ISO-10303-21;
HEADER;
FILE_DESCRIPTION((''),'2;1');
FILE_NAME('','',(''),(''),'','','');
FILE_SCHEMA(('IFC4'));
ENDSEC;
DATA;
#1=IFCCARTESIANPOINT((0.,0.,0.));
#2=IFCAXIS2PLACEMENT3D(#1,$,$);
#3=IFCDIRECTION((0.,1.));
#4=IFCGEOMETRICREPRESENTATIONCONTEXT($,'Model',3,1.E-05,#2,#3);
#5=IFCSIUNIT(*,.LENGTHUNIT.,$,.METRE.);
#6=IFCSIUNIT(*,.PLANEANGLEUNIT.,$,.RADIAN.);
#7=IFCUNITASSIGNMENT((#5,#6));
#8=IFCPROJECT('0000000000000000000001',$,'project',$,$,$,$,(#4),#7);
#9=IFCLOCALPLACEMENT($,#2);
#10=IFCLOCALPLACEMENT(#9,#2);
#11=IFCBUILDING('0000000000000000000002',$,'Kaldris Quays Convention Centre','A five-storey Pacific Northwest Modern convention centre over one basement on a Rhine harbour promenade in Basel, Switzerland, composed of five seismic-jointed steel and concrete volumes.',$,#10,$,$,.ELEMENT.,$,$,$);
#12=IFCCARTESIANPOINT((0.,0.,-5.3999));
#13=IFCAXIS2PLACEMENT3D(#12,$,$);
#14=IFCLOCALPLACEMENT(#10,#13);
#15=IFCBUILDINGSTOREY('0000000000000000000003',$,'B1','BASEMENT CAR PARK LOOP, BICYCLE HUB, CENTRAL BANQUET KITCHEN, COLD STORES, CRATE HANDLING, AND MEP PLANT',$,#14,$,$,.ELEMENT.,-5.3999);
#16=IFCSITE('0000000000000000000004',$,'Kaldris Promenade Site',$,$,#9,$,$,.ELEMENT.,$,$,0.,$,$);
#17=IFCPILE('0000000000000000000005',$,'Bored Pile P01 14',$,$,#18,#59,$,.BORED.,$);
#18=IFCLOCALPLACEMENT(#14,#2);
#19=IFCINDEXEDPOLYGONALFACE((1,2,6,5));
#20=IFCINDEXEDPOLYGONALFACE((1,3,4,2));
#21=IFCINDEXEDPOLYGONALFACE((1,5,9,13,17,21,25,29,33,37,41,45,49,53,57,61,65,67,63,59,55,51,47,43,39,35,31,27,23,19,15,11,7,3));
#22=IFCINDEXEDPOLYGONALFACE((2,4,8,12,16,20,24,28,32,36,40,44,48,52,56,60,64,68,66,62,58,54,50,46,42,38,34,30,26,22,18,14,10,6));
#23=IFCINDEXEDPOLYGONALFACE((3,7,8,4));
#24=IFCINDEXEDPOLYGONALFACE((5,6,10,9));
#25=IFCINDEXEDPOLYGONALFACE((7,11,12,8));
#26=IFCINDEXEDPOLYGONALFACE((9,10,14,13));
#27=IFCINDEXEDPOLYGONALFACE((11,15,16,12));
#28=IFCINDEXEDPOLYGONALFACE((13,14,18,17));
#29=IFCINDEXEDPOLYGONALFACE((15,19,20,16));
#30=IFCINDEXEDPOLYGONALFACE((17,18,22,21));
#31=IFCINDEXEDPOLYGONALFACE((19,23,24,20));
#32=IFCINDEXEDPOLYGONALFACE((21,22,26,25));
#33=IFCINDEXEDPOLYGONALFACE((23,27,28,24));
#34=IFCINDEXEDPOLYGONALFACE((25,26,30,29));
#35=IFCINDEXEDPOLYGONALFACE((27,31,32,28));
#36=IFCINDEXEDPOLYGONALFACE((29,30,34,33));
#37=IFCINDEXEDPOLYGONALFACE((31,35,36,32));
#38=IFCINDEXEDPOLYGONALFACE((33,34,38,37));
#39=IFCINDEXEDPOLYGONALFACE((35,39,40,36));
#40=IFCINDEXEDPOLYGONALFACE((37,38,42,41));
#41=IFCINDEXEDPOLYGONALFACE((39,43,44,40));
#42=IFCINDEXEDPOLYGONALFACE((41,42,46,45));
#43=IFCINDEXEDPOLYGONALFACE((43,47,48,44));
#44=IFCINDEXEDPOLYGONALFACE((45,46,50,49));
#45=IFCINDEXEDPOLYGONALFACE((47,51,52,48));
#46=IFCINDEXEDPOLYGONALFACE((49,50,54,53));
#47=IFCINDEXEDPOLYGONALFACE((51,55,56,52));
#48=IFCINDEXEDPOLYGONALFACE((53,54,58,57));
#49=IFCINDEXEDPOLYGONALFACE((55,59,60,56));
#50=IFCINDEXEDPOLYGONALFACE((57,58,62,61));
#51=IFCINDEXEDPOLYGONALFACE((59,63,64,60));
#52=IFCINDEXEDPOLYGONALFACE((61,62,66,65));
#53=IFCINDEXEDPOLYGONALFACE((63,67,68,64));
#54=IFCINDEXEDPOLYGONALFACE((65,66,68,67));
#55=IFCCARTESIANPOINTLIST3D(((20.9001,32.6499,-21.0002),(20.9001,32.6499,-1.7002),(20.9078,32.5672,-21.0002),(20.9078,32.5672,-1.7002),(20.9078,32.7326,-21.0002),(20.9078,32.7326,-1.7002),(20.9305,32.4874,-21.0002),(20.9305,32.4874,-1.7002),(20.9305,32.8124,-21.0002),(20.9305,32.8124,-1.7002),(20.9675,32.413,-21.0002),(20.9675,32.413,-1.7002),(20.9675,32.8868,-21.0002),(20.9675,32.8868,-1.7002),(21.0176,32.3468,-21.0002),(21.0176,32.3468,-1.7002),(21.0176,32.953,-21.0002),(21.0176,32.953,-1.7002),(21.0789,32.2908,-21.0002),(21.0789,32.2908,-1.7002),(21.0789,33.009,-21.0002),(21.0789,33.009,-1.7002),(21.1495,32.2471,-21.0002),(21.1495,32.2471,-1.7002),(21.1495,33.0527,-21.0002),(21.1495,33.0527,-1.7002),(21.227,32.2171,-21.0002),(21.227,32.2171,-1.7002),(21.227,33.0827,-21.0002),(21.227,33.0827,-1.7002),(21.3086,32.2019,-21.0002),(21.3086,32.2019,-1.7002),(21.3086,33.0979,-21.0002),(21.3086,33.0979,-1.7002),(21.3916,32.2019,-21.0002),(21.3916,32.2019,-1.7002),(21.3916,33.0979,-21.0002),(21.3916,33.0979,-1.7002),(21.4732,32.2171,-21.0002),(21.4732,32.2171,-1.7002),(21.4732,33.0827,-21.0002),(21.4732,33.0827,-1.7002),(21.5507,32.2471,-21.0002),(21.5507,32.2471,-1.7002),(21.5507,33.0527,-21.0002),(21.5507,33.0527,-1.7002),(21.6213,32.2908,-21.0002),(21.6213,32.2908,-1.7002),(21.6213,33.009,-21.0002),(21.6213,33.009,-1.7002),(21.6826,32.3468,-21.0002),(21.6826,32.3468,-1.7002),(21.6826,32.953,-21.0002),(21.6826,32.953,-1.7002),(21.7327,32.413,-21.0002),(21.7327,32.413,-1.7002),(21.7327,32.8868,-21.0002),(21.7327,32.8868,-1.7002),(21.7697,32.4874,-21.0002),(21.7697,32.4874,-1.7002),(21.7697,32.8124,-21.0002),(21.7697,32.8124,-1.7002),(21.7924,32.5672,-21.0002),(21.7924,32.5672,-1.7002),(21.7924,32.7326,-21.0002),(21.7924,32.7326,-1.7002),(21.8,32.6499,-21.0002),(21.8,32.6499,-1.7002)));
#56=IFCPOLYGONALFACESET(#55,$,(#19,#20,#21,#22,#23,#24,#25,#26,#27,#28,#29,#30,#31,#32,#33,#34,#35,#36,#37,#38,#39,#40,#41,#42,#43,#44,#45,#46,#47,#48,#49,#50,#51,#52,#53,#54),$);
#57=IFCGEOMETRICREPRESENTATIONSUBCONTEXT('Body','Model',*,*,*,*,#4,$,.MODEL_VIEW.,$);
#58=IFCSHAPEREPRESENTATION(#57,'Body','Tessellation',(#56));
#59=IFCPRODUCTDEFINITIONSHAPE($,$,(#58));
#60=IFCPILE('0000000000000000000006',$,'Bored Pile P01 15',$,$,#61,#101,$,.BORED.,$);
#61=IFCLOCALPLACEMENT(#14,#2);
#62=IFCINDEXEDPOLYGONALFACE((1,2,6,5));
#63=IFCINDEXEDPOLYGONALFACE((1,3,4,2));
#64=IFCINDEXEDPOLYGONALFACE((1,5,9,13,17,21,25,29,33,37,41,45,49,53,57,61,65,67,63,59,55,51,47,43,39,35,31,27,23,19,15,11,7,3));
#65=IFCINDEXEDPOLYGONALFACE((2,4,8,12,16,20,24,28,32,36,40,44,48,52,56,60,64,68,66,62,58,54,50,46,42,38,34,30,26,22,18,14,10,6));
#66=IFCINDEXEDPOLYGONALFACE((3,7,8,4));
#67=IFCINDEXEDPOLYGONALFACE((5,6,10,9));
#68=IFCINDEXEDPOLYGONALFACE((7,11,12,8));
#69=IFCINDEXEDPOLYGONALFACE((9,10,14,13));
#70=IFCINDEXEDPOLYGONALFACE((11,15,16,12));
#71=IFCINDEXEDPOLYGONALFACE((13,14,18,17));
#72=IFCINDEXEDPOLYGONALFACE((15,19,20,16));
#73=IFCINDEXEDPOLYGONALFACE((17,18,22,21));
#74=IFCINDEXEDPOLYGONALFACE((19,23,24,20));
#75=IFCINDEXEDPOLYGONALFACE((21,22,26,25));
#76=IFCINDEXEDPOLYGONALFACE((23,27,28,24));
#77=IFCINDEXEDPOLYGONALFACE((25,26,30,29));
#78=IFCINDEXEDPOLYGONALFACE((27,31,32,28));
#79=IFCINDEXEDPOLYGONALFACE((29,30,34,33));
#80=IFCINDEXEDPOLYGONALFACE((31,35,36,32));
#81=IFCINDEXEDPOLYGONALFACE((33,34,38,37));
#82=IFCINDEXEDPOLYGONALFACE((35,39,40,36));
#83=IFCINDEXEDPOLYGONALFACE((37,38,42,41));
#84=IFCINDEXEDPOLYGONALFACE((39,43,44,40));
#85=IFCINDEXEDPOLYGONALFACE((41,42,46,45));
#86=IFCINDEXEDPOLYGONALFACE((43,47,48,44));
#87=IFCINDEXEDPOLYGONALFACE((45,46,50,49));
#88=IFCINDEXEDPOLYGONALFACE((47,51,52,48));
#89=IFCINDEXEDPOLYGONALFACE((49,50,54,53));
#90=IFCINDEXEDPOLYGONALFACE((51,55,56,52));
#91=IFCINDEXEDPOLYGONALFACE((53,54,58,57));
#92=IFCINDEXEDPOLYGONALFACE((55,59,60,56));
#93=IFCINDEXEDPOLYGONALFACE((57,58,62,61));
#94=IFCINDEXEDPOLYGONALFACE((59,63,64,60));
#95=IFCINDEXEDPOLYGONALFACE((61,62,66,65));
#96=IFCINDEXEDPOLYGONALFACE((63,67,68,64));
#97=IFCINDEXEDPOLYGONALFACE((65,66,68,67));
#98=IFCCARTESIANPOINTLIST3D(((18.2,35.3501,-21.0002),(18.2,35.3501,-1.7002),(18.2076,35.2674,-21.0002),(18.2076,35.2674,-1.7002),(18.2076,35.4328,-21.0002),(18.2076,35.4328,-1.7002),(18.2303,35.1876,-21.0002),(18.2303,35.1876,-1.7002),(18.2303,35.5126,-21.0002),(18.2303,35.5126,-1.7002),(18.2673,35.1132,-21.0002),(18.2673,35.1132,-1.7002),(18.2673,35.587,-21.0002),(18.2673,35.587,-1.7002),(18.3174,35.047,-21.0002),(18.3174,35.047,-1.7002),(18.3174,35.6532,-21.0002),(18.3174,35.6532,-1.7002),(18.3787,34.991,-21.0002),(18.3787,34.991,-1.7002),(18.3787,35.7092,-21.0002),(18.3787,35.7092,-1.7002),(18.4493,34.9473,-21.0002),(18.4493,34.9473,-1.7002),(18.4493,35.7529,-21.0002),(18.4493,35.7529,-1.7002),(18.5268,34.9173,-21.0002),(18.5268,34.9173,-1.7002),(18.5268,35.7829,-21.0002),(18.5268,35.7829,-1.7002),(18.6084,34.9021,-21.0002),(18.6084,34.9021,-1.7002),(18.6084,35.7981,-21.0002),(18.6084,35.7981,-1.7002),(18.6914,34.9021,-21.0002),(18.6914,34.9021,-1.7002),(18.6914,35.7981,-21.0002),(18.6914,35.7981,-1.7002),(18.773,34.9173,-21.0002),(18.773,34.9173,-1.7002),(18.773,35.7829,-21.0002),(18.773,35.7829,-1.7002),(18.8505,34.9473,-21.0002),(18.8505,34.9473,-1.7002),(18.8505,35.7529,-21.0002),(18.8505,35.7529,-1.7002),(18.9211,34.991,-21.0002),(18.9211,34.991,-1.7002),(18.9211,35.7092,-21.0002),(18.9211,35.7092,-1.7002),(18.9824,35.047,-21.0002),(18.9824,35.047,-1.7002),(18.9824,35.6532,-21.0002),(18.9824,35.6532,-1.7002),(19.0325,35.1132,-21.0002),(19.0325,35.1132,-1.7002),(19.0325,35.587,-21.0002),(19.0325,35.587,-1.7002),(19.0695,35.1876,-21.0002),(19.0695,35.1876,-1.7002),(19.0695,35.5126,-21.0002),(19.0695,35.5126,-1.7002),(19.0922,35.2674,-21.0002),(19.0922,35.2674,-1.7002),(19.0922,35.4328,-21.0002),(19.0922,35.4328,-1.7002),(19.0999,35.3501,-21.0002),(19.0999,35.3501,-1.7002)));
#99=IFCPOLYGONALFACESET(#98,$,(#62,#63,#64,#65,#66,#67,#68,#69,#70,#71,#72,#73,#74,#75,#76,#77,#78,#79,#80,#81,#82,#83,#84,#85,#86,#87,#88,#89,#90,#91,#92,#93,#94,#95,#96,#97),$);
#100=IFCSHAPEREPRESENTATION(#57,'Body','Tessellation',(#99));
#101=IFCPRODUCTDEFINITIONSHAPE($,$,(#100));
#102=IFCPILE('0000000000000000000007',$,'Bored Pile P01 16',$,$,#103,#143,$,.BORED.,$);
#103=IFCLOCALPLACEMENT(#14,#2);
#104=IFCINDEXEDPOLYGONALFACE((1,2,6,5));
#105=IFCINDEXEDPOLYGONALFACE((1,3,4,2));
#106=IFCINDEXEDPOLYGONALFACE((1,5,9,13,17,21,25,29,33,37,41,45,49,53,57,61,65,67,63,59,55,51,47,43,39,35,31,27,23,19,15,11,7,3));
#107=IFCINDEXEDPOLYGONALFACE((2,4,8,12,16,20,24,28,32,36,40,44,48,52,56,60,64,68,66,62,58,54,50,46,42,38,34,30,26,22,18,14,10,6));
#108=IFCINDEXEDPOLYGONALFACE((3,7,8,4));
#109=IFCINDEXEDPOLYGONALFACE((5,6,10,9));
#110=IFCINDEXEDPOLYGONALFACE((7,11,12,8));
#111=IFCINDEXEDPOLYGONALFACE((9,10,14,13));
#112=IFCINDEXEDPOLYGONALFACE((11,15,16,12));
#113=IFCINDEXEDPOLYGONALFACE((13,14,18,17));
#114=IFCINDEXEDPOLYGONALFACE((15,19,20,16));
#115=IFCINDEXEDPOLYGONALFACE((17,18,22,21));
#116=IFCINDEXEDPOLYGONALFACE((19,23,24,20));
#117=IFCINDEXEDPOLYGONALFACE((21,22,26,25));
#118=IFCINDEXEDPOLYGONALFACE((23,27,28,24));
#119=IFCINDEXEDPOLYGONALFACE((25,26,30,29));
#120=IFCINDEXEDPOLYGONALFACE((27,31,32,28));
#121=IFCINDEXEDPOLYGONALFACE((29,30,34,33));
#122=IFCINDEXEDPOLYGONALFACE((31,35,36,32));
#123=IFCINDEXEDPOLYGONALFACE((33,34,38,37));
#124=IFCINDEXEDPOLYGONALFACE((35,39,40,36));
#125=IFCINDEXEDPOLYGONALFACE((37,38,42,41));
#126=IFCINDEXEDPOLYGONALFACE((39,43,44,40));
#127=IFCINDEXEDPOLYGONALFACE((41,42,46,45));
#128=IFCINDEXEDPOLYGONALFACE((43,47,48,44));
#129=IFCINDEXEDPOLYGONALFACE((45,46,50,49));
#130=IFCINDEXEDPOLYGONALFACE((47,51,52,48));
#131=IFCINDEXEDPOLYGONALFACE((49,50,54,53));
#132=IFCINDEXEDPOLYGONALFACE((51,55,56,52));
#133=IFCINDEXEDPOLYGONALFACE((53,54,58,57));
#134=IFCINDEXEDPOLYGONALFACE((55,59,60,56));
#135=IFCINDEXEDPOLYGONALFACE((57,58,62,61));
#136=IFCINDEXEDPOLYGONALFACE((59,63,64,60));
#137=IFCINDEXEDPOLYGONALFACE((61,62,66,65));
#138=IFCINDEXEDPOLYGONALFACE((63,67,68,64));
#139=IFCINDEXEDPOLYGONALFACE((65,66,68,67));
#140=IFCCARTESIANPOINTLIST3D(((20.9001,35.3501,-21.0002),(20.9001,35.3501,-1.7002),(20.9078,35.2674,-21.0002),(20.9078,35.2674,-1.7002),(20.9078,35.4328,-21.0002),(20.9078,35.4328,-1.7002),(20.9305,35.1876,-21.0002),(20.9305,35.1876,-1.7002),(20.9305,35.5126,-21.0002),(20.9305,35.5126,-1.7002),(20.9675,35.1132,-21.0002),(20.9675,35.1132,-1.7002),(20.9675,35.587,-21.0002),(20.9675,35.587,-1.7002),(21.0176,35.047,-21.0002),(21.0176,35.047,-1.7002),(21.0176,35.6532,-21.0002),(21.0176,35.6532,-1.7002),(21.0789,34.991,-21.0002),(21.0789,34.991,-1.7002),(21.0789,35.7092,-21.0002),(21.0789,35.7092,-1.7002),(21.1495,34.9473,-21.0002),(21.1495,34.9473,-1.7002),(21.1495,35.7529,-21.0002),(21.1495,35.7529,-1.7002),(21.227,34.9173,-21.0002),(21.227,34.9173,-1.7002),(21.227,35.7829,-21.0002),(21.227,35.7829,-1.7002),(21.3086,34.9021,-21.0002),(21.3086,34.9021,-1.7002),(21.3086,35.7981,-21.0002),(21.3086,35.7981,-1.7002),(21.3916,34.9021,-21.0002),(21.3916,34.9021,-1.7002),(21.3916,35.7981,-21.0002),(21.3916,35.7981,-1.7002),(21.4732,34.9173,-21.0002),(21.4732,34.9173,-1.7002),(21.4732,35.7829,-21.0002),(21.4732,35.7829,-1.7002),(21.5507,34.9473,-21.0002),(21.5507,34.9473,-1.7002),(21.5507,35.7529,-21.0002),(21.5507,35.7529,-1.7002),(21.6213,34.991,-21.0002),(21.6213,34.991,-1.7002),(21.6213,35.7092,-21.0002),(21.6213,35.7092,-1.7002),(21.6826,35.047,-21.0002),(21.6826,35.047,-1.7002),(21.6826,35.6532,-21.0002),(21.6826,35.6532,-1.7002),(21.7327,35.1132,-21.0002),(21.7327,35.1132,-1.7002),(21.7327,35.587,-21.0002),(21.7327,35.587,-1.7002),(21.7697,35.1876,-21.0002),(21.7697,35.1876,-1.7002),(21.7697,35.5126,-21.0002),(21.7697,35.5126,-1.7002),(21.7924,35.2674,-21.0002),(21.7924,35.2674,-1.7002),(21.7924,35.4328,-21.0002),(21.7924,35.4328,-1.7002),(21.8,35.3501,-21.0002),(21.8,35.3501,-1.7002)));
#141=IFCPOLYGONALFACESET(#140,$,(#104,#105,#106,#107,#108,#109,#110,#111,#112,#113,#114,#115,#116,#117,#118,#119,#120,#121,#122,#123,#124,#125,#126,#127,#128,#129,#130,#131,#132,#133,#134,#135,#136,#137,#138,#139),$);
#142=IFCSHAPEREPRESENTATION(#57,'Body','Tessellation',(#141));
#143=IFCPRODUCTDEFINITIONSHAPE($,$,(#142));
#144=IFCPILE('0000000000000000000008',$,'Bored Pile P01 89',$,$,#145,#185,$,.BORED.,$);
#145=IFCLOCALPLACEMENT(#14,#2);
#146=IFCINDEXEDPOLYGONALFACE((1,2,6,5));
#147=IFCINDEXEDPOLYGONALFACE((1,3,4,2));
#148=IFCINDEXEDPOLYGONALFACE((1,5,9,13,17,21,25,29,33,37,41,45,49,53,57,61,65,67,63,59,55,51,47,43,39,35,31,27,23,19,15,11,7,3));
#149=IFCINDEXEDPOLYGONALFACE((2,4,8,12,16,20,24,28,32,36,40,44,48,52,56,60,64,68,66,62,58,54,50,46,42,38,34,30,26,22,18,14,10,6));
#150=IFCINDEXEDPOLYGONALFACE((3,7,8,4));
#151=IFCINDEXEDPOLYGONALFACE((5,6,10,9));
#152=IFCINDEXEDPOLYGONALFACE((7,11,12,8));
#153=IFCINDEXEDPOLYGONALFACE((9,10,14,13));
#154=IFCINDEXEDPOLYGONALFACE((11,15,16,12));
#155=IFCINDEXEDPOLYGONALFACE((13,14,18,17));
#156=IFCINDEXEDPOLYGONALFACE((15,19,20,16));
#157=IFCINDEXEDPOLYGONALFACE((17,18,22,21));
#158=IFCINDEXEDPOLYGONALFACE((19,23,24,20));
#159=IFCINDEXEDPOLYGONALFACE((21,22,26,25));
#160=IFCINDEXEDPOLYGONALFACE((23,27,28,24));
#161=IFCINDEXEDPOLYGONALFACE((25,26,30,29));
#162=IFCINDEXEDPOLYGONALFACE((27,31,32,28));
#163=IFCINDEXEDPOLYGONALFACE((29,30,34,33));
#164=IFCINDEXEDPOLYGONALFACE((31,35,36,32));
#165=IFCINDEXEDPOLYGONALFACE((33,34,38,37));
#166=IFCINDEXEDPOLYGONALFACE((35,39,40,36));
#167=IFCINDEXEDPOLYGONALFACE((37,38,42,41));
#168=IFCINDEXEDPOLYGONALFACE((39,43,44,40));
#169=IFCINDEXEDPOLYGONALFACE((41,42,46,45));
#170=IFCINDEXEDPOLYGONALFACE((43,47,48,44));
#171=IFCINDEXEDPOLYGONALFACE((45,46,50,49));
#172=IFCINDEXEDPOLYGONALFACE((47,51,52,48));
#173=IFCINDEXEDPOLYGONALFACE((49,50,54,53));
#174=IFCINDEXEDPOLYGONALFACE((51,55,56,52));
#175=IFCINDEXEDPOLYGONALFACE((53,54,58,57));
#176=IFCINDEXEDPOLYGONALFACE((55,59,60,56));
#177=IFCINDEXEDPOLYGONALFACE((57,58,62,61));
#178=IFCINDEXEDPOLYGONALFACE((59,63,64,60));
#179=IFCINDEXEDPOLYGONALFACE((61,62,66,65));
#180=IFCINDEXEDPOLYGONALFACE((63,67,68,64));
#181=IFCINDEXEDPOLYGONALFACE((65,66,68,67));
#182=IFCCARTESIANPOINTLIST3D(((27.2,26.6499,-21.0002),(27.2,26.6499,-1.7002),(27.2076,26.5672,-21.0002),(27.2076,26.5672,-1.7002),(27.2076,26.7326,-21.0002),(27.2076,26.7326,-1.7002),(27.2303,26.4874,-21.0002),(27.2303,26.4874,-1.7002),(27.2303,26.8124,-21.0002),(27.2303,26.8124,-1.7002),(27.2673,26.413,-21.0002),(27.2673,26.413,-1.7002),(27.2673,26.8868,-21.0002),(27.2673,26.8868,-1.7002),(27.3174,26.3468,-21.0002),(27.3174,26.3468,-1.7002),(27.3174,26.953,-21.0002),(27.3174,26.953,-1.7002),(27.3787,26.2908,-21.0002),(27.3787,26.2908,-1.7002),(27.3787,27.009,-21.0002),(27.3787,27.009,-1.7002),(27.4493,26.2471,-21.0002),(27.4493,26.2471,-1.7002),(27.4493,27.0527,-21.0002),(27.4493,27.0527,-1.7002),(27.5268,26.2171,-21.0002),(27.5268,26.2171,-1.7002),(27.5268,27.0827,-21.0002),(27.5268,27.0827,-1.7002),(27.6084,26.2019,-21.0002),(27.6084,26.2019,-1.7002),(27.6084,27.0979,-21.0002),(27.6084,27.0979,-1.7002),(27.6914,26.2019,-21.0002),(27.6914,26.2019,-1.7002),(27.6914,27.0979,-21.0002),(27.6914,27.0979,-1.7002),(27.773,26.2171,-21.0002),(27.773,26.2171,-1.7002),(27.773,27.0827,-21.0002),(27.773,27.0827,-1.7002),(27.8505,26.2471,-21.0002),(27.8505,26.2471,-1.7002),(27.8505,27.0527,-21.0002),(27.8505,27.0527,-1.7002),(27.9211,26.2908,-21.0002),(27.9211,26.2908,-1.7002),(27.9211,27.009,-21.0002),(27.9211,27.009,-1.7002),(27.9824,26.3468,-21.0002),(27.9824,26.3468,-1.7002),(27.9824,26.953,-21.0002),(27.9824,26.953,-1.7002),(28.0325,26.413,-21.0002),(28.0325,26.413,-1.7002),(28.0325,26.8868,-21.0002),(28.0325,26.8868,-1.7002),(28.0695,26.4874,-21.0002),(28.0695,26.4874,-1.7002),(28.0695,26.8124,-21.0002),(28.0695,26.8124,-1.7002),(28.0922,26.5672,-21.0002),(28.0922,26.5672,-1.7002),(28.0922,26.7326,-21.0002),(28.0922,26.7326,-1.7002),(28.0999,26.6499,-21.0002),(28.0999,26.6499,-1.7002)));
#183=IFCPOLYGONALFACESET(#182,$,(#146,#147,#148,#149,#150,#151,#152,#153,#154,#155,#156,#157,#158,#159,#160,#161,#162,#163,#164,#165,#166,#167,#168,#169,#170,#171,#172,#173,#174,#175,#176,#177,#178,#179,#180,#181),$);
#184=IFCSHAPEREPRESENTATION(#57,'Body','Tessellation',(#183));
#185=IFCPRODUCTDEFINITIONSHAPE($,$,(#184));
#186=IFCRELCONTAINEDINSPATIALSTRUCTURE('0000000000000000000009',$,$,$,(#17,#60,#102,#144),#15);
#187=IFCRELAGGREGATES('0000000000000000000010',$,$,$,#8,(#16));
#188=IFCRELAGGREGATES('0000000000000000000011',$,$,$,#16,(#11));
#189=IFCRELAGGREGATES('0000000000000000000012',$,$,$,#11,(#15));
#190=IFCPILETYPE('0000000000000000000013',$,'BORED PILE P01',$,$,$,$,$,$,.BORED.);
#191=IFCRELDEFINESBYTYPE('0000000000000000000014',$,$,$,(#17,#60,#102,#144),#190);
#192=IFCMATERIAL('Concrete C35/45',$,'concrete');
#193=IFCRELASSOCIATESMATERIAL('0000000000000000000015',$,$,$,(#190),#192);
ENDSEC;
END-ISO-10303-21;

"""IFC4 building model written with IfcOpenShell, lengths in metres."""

from ifc_helpers import new_model, si_unit, direction, frame, origin, origin_2d, place, context, subcontext, project, spatial, circle, extrude, material, material_profile, profile_set, type_object, element, save


model = new_model("IFC4")

# Units and contexts
model_context = context("Model", 3, precision=1e-05, world=origin(), true_north=direction((0.0, 1.0)))
body_context = subcontext(model_context, "Body", "Model", "MODEL_VIEW")
ifc_project = project(units=[si_unit("LENGTHUNIT", "METRE"), si_unit("PLANEANGLEUNIT", "RADIAN")], contexts=[model_context])

# Site, building, storey
site_placement = place(None, origin())
site = spatial("IfcSite", under=ifc_project, at=site_placement, Name="Kaldris Promenade Site", CompositionType="ELEMENT", RefElevation=0.0)
building_placement = place(site_placement, origin())
building = spatial("IfcBuilding", under=site, at=building_placement, Name="Kaldris Quays Convention Centre", Description="A five-storey Pacific Northwest Modern convention centre over one basement on a Rhine harbour promenade in Basel, Switzerland, composed of five seismic-jointed steel and concrete volumes.", CompositionType="ELEMENT")
storey_placement = place(building_placement, frame((0.0, 0.0, -5.3999)))
storey = spatial("IfcBuildingStorey", under=building, at=storey_placement, Name="B1", Description="BASEMENT CAR PARK LOOP, BICYCLE HUB, CENTRAL BANQUET KITCHEN, COLD STORES, CRATE HANDLING, AND MEP PLANT", CompositionType="ELEMENT", Elevation=-5.3999)

# Piles
ifc_material_1 = material(Name="Concrete C35/45", Category="concrete")
ifc_material_profile_1 = material_profile(ifc_material_1, circle(Radius=0.45, at=origin_2d()), Name="BORED PILE D900")
ifc_profile_set_1 = profile_set([ifc_material_profile_1], Name="Concrete C35/45")
pile_type = type_object("IfcPileType", Name="BORED PILE P01", PredefinedType="BORED", material=ifc_profile_set_1)
for number, where, z_axis, x_axis, name in (
    (1, (21.3501, 32.6499, -1.7002), (0.0, 0.0, -1.0), (1.0, 0.0, 0.0), "Bored Pile P01 14"),
    (2, (18.6499, 35.3501, -1.7002), (0.0, 0.0, -1.0), (1.0, 0.0, 0.0), "Bored Pile P01 15"),
    (3, (21.3501, 35.3501, -1.7002), (0.0, 0.0, -1.0), (1.0, 0.0, 0.0), "Bored Pile P01 16"),
    (4, (27.6499, 26.6499, -1.7002), (0.0, 0.0, -1.0), (1.0, 0.0, 0.0), "Bored Pile P01 89"),
):
    element("IfcPile", number, at=place(storey_placement, frame(where, z_axis=z_axis, x_axis=x_axis)), inside=storey, type_object=pile_type, Name=name, PredefinedType="BORED", context=body_context, shape_type="SweptSolid", body=[
        extrude(circle(Radius=0.45, at=origin_2d()), origin(), (0.0, 0.0, 1.0), 19.3),
    ])

save(model, "model.ifc")
